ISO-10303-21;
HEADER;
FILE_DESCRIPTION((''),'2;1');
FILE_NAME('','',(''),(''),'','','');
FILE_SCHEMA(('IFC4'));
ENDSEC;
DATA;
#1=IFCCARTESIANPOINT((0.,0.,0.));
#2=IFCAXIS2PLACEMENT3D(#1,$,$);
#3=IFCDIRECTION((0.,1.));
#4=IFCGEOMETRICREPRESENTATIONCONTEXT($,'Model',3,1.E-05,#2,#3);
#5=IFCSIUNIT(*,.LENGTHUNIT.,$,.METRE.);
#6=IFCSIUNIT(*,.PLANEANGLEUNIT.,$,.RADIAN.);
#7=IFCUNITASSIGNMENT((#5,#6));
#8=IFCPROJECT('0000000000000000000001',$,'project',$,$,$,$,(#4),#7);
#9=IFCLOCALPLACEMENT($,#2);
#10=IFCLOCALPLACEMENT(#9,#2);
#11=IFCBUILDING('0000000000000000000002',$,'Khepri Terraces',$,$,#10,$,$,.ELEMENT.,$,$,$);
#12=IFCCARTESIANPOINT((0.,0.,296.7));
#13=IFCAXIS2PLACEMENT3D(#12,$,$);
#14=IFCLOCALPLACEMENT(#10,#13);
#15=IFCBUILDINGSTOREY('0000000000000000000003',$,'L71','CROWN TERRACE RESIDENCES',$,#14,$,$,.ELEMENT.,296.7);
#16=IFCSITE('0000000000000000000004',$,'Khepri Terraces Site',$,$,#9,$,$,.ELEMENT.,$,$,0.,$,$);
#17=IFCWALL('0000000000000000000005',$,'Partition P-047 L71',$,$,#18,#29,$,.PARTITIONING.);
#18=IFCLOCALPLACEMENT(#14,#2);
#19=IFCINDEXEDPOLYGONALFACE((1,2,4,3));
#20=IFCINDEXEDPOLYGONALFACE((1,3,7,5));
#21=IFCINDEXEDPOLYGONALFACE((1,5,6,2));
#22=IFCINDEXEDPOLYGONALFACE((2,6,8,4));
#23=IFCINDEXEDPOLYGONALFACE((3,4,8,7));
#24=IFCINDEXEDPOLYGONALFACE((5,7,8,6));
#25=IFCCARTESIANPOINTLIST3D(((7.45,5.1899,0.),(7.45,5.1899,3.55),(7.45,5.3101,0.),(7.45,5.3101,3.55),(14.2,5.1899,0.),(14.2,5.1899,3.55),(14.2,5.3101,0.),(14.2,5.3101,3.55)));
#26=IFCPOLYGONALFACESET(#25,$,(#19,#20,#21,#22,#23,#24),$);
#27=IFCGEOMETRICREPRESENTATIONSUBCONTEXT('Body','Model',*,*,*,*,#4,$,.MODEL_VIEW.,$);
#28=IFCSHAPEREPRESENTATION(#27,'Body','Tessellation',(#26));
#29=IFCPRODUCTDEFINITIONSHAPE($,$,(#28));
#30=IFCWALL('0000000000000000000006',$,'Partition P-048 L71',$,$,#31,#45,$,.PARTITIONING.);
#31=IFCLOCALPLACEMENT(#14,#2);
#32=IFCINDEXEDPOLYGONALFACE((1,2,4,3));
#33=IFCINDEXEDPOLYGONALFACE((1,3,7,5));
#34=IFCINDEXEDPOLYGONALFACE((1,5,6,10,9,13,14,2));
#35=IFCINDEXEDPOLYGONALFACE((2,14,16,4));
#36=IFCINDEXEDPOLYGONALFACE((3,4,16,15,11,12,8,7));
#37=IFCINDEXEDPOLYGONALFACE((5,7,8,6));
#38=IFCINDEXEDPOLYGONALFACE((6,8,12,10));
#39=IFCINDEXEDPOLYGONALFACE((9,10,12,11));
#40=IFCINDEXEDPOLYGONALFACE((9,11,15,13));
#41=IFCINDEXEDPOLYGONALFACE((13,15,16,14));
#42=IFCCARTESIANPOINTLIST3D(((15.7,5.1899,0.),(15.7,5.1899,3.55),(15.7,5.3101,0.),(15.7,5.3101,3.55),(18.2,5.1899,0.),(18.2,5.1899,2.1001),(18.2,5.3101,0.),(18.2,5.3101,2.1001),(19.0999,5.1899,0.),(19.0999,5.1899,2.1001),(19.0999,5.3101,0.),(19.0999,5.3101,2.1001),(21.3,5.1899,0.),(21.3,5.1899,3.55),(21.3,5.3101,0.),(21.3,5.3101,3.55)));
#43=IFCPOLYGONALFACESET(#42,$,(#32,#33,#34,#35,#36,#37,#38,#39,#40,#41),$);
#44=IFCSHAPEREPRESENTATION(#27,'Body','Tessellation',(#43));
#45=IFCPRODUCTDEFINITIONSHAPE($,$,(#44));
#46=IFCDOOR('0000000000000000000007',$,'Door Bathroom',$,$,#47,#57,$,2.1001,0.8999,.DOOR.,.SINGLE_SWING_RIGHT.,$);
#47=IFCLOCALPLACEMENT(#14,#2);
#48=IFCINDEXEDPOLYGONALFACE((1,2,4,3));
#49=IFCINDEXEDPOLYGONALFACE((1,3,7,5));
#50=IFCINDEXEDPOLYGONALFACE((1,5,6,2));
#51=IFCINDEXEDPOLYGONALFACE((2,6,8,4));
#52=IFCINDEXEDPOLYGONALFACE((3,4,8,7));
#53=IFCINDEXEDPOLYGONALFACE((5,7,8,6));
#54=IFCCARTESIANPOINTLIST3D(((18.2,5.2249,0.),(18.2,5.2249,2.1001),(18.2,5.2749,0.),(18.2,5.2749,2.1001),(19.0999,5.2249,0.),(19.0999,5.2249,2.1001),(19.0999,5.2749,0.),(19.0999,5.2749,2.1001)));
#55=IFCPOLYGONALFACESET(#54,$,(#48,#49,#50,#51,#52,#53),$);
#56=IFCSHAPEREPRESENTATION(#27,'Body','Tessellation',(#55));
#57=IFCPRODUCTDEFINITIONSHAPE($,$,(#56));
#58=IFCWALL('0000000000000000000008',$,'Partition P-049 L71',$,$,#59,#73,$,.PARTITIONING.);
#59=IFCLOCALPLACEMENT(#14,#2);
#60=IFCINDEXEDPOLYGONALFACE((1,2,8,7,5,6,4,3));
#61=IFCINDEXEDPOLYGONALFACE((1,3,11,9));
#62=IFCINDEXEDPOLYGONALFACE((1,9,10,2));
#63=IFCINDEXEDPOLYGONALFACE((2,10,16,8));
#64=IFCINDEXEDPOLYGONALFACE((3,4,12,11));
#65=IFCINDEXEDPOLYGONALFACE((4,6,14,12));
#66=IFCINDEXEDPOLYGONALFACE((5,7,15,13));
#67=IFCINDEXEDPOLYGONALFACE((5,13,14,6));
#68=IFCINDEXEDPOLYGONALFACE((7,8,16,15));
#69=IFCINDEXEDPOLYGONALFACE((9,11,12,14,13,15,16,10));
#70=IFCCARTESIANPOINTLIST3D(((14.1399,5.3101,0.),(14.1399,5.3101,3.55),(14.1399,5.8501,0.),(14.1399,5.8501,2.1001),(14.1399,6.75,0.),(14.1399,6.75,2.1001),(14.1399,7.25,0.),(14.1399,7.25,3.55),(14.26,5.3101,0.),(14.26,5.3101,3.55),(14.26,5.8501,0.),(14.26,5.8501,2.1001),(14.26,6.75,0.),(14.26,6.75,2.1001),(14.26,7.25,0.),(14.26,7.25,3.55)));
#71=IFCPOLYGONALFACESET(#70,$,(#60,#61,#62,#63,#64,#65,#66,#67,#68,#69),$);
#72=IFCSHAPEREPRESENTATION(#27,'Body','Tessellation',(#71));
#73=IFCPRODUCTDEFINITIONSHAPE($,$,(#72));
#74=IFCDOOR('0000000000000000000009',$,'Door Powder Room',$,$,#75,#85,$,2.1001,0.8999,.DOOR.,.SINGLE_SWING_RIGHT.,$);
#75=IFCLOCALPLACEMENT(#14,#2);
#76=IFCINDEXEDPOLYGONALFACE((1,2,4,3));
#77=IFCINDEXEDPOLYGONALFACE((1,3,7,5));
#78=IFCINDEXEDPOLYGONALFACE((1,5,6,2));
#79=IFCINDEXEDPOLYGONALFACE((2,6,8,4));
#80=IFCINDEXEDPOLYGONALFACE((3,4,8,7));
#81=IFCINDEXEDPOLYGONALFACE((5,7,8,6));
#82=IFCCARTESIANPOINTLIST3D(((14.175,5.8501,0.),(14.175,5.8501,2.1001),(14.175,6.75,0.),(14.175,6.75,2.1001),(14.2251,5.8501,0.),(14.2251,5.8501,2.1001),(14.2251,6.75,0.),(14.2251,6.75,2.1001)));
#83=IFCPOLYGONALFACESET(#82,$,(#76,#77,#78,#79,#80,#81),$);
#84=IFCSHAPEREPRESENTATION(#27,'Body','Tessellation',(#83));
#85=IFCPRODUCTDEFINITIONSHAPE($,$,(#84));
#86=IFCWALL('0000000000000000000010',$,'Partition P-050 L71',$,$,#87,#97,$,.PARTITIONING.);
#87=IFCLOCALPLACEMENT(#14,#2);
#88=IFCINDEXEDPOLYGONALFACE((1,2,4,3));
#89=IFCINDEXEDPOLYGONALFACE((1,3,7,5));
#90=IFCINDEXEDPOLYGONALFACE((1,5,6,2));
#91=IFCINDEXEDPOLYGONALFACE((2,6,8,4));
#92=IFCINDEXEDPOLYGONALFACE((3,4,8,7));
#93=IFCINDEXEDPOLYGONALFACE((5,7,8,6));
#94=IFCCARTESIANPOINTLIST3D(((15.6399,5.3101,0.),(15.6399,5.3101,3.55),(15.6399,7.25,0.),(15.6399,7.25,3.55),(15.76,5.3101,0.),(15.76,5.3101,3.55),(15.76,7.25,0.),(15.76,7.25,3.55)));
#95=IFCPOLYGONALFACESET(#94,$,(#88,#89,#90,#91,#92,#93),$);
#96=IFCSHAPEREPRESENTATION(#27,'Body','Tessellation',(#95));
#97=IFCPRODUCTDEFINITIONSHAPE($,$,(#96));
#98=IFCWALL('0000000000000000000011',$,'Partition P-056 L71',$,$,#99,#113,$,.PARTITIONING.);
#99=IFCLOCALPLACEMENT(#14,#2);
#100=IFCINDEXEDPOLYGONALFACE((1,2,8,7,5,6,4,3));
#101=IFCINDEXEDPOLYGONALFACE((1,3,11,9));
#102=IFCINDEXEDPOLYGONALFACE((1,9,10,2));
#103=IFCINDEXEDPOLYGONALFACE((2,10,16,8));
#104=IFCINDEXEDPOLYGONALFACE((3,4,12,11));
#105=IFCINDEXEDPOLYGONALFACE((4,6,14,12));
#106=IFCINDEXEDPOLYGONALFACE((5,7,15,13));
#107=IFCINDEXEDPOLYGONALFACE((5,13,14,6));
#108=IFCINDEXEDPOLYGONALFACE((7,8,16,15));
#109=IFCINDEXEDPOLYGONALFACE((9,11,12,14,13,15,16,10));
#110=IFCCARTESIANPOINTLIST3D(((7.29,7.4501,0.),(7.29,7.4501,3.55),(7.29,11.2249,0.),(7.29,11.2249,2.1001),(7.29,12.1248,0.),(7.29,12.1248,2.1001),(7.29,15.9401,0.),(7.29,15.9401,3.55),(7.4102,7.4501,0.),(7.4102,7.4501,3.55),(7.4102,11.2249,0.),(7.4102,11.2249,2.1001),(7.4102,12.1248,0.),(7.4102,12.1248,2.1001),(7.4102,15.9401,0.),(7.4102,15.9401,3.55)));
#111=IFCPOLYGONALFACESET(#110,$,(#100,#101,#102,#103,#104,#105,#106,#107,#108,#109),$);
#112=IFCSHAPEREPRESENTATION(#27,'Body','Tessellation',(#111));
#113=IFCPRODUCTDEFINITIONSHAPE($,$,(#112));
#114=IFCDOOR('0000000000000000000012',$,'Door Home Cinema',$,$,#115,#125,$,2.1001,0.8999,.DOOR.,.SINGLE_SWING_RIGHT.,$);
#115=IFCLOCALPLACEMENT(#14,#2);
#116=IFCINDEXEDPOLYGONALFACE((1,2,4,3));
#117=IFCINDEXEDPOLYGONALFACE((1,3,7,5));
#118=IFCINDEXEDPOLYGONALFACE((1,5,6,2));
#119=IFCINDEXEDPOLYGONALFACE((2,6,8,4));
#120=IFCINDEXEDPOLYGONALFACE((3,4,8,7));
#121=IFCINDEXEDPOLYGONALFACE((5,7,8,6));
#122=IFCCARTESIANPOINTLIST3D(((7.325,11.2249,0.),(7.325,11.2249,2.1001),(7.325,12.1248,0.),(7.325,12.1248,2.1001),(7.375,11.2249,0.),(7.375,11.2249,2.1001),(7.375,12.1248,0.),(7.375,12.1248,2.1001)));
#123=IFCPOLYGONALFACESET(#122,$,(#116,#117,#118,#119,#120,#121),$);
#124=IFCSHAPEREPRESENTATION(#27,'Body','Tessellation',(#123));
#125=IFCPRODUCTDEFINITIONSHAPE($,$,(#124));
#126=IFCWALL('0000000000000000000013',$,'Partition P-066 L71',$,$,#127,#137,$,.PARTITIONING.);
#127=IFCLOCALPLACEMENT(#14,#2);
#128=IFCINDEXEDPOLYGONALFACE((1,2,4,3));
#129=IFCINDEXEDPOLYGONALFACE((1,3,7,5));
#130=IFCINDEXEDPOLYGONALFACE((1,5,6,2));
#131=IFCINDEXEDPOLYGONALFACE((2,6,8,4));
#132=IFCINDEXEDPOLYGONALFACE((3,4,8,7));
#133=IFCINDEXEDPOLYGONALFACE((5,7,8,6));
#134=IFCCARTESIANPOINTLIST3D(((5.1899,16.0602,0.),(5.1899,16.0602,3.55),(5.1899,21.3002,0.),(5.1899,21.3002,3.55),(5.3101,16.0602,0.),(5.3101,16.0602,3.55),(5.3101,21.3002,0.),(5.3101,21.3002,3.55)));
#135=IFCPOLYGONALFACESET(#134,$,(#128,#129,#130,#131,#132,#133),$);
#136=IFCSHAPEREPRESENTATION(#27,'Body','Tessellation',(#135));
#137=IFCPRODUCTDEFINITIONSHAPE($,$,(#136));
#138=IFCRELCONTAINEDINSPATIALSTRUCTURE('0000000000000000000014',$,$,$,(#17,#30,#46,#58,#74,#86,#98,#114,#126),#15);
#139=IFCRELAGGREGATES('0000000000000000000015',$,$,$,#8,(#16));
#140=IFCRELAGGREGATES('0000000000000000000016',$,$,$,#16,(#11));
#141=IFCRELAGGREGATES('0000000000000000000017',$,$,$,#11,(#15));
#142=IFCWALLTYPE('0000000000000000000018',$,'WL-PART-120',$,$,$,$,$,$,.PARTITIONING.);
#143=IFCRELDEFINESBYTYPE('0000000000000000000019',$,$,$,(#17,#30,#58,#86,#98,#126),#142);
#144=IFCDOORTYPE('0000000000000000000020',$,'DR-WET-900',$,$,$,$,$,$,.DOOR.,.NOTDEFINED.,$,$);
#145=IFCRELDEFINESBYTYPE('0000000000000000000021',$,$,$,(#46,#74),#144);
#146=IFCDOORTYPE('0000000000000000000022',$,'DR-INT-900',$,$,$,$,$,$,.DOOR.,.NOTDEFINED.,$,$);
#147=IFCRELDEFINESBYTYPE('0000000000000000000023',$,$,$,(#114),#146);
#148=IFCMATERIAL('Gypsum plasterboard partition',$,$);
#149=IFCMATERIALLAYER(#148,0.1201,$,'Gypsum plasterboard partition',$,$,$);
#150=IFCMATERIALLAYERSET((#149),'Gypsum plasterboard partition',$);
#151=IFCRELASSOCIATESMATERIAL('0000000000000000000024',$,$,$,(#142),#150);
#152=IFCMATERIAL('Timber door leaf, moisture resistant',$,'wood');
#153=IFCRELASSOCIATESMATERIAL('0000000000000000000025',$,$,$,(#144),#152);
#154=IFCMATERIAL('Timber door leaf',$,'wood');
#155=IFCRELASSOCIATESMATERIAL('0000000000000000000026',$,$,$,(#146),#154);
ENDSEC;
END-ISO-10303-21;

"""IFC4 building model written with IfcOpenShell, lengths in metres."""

from ifc_helpers import new_model, si_unit, direction, frame, frame_2d, origin, place, context, subcontext, project, spatial, rectangle, extrude, material, layer, layer_set, type_object, element, fill, save


model = new_model("IFC4")

# Units and contexts
model_context = context("Model", 3, precision=1e-05, world=origin(), true_north=direction((0.0, 1.0)))
body_context = subcontext(model_context, "Body", "Model", "MODEL_VIEW")
ifc_project = project(units=[si_unit("LENGTHUNIT", "METRE"), si_unit("PLANEANGLEUNIT", "RADIAN")], contexts=[model_context])

# Site, building, storey
site_placement = place(None, origin())
site = spatial("IfcSite", under=ifc_project, at=site_placement, Name="Khepri Terraces Site", CompositionType="ELEMENT", RefElevation=0.0)
building_placement = place(site_placement, origin())
building = spatial("IfcBuilding", under=site, at=building_placement, Name="Khepri Terraces", CompositionType="ELEMENT")
storey_placement = place(building_placement, frame((0.0, 0.0, 296.7)))
storey = spatial("IfcBuildingStorey", under=building, at=storey_placement, Name="L71", Description="CROWN TERRACE RESIDENCES", CompositionType="ELEMENT", Elevation=296.7)

# Wall
ifc_material_1 = material(Name="Gypsum plasterboard partition")
ifc_layer_1 = layer(ifc_material_1, 0.1201, Name="Gypsum plasterboard partition")
ifc_layer_set_1 = layer_set([ifc_layer_1], Name="Gypsum plasterboard partition")
wall_type_1 = type_object("IfcWallType", Name="WL-PART-120", PredefinedType="PARTITIONING", material=ifc_layer_set_1)
wall_1_placement = place(storey_placement, frame((7.45, 5.25, 0.0), z_axis=(0.0, 0.0, 1.0), x_axis=(1.0, 0.0, 0.0)))
element("IfcWall", 1, at=wall_1_placement, inside=storey, type_object=wall_type_1, Name="Partition P-047 L71", PredefinedType="PARTITIONING", context=body_context, shape_type="SweptSolid", body=[
    extrude(rectangle(XDim=6.75, YDim=0.1201, at=frame_2d((3.375, 0.0))), origin(), (0.0, 0.0, 1.0), 3.55),
])

# Walls, openings, doors
wall_2_placement = place(storey_placement, frame((15.7, 5.25, 0.0), z_axis=(0.0, 0.0, 1.0), x_axis=(1.0, 0.0, 0.0)))
wall_2 = element("IfcWall", 2, at=wall_2_placement, inside=storey, type_object=wall_type_1, Name="Partition P-048 L71", PredefinedType="PARTITIONING", context=body_context, shape_type="SweptSolid", body=[
    extrude(rectangle(XDim=5.6001, YDim=0.1201, at=frame_2d((2.8, 0.0))), origin(), (0.0, 0.0, 1.0), 3.55),
])
opening_1_placement = place(wall_2_placement, frame((2.5, 0.0, 0.0)))
opening_1 = element("IfcOpeningElement", 3, at=opening_1_placement, cuts=wall_2, PredefinedType="OPENING", context=body_context, shape_type="SweptSolid", body=[
    extrude(rectangle(XDim=0.8999, YDim=2.1001, at=frame_2d((0.45, 1.05))), frame((0.0, 0.0701, 0.0), z_axis=(0.0, -1.0, 0.0), x_axis=(1.0, 0.0, 0.0)), (0.0, 0.0, 1.0), 0.1401),
])
ifc_material_2 = material(Name="Timber door leaf, moisture resistant", Category="wood")
door_type_1 = type_object("IfcDoorType", Name="DR-WET-900", OperationType="NOTDEFINED", PredefinedType="DOOR", material=ifc_material_2)
door_1_placement = place(opening_1_placement, origin())
door_1 = element("IfcDoor", 4, at=door_1_placement, inside=storey, type_object=door_type_1, Name="Door Bathroom", OperationType="SINGLE_SWING_RIGHT", OverallHeight=2.1001, OverallWidth=0.8999, PredefinedType="DOOR", context=body_context, shape_type="SweptSolid", body=[
    extrude(rectangle(XDim=0.8999, YDim=2.1001, at=frame_2d((0.45, 1.05))), frame((0.0, 0.0249, 0.0), z_axis=(0.0, -1.0, 0.0), x_axis=(1.0, 0.0, 0.0)), (0.0, 0.0, 1.0), 0.05),
])
fill(opening_1, door_1)
wall_3_placement = place(storey_placement, frame((14.2, 5.3101, 0.0), z_axis=(0.0, 0.0, 1.0), x_axis=(0.0, 1.0, 0.0)))
wall_3 = element("IfcWall", 5, at=wall_3_placement, inside=storey, type_object=wall_type_1, Name="Partition P-049 L71", PredefinedType="PARTITIONING", context=body_context, shape_type="SweptSolid", body=[
    extrude(rectangle(XDim=1.9399, YDim=0.1201, at=frame_2d((0.97, 0.0))), origin(), (0.0, 0.0, 1.0), 3.55),
])
opening_2_placement = place(wall_3_placement, frame((0.54, 0.0, 0.0)))
opening_2 = element("IfcOpeningElement", 6, at=opening_2_placement, cuts=wall_3, PredefinedType="OPENING", context=body_context, shape_type="SweptSolid", body=[
    extrude(rectangle(XDim=0.8999, YDim=2.1001, at=frame_2d((0.45, 1.05))), frame((0.0, 0.0701, 0.0), z_axis=(0.0, -1.0, 0.0), x_axis=(1.0, 0.0, 0.0)), (0.0, 0.0, 1.0), 0.1401),
])
door_2_placement = place(opening_2_placement, origin())
door_2 = element("IfcDoor", 7, at=door_2_placement, inside=storey, type_object=door_type_1, Name="Door Powder Room", OperationType="SINGLE_SWING_RIGHT", OverallHeight=2.1001, OverallWidth=0.8999, PredefinedType="DOOR", context=body_context, shape_type="SweptSolid", body=[
    extrude(rectangle(XDim=0.8999, YDim=2.1001, at=frame_2d((0.45, 1.05))), frame((0.0, 0.0249, 0.0), z_axis=(0.0, -1.0, 0.0), x_axis=(1.0, 0.0, 0.0)), (0.0, 0.0, 1.0), 0.05),
])
fill(opening_2, door_2)

# Wall
wall_4_placement = place(storey_placement, frame((15.7, 5.3101, 0.0), z_axis=(0.0, 0.0, 1.0), x_axis=(0.0, 1.0, 0.0)))
element("IfcWall", 8, at=wall_4_placement, inside=storey, type_object=wall_type_1, Name="Partition P-050 L71", PredefinedType="PARTITIONING", context=body_context, shape_type="SweptSolid", body=[
    extrude(rectangle(XDim=1.9399, YDim=0.1201, at=frame_2d((0.97, 0.0))), origin(), (0.0, 0.0, 1.0), 3.55),
])

# Wall, opening, door
wall_5_placement = place(storey_placement, frame((7.3501, 7.45, 0.0), z_axis=(0.0, 0.0, 1.0), x_axis=(0.0, 1.0, 0.0)))
wall_5 = element("IfcWall", 9, at=wall_5_placement, inside=storey, type_object=wall_type_1, Name="Partition P-056 L71", PredefinedType="PARTITIONING", context=body_context, shape_type="SweptSolid", body=[
    extrude(rectangle(XDim=8.49, YDim=0.1201, at=frame_2d((4.2451, 0.0))), origin(), (0.0, 0.0, 1.0), 3.55),
])
opening_3_placement = place(wall_5_placement, frame((3.7749, 0.0, 0.0)))
opening_3 = element("IfcOpeningElement", 10, at=opening_3_placement, cuts=wall_5, PredefinedType="OPENING", context=body_context, shape_type="SweptSolid", body=[
    extrude(rectangle(XDim=0.8999, YDim=2.1001, at=frame_2d((0.45, 1.05))), frame((0.0, 0.0701, 0.0), z_axis=(0.0, -1.0, 0.0), x_axis=(1.0, 0.0, 0.0)), (0.0, 0.0, 1.0), 0.1401),
])
ifc_material_3 = material(Name="Timber door leaf", Category="wood")
door_type_2 = type_object("IfcDoorType", Name="DR-INT-900", OperationType="NOTDEFINED", PredefinedType="DOOR", material=ifc_material_3)
door_3_placement = place(opening_3_placement, frame((0.8999, 0.0, 0.0), z_axis=(0.0, 0.0, 1.0), x_axis=(-1.0, 0.0, 0.0)))
door_3 = element("IfcDoor", 11, at=door_3_placement, inside=storey, type_object=door_type_2, Name="Door Home Cinema", OperationType="SINGLE_SWING_RIGHT", OverallHeight=2.1001, OverallWidth=0.8999, PredefinedType="DOOR", context=body_context, shape_type="SweptSolid", body=[
    extrude(rectangle(XDim=0.8999, YDim=2.1001, at=frame_2d((0.45, 1.05))), frame((0.0, 0.0249, 0.0), z_axis=(0.0, -1.0, 0.0), x_axis=(1.0, 0.0, 0.0)), (0.0, 0.0, 1.0), 0.05),
])
fill(opening_3, door_3)

# Wall
wall_6_placement = place(storey_placement, frame((5.25, 16.0601, 0.0), z_axis=(0.0, 0.0, 1.0), x_axis=(0.0, 1.0, 0.0)))
element("IfcWall", 12, at=wall_6_placement, inside=storey, type_object=wall_type_1, Name="Partition P-066 L71", PredefinedType="PARTITIONING", context=body_context, shape_type="SweptSolid", body=[
    extrude(rectangle(XDim=5.24, YDim=0.1201, at=frame_2d((2.6201, 0.0))), origin(), (0.0, 0.0, 1.0), 3.55),
])

save(model, "model.ifc")
